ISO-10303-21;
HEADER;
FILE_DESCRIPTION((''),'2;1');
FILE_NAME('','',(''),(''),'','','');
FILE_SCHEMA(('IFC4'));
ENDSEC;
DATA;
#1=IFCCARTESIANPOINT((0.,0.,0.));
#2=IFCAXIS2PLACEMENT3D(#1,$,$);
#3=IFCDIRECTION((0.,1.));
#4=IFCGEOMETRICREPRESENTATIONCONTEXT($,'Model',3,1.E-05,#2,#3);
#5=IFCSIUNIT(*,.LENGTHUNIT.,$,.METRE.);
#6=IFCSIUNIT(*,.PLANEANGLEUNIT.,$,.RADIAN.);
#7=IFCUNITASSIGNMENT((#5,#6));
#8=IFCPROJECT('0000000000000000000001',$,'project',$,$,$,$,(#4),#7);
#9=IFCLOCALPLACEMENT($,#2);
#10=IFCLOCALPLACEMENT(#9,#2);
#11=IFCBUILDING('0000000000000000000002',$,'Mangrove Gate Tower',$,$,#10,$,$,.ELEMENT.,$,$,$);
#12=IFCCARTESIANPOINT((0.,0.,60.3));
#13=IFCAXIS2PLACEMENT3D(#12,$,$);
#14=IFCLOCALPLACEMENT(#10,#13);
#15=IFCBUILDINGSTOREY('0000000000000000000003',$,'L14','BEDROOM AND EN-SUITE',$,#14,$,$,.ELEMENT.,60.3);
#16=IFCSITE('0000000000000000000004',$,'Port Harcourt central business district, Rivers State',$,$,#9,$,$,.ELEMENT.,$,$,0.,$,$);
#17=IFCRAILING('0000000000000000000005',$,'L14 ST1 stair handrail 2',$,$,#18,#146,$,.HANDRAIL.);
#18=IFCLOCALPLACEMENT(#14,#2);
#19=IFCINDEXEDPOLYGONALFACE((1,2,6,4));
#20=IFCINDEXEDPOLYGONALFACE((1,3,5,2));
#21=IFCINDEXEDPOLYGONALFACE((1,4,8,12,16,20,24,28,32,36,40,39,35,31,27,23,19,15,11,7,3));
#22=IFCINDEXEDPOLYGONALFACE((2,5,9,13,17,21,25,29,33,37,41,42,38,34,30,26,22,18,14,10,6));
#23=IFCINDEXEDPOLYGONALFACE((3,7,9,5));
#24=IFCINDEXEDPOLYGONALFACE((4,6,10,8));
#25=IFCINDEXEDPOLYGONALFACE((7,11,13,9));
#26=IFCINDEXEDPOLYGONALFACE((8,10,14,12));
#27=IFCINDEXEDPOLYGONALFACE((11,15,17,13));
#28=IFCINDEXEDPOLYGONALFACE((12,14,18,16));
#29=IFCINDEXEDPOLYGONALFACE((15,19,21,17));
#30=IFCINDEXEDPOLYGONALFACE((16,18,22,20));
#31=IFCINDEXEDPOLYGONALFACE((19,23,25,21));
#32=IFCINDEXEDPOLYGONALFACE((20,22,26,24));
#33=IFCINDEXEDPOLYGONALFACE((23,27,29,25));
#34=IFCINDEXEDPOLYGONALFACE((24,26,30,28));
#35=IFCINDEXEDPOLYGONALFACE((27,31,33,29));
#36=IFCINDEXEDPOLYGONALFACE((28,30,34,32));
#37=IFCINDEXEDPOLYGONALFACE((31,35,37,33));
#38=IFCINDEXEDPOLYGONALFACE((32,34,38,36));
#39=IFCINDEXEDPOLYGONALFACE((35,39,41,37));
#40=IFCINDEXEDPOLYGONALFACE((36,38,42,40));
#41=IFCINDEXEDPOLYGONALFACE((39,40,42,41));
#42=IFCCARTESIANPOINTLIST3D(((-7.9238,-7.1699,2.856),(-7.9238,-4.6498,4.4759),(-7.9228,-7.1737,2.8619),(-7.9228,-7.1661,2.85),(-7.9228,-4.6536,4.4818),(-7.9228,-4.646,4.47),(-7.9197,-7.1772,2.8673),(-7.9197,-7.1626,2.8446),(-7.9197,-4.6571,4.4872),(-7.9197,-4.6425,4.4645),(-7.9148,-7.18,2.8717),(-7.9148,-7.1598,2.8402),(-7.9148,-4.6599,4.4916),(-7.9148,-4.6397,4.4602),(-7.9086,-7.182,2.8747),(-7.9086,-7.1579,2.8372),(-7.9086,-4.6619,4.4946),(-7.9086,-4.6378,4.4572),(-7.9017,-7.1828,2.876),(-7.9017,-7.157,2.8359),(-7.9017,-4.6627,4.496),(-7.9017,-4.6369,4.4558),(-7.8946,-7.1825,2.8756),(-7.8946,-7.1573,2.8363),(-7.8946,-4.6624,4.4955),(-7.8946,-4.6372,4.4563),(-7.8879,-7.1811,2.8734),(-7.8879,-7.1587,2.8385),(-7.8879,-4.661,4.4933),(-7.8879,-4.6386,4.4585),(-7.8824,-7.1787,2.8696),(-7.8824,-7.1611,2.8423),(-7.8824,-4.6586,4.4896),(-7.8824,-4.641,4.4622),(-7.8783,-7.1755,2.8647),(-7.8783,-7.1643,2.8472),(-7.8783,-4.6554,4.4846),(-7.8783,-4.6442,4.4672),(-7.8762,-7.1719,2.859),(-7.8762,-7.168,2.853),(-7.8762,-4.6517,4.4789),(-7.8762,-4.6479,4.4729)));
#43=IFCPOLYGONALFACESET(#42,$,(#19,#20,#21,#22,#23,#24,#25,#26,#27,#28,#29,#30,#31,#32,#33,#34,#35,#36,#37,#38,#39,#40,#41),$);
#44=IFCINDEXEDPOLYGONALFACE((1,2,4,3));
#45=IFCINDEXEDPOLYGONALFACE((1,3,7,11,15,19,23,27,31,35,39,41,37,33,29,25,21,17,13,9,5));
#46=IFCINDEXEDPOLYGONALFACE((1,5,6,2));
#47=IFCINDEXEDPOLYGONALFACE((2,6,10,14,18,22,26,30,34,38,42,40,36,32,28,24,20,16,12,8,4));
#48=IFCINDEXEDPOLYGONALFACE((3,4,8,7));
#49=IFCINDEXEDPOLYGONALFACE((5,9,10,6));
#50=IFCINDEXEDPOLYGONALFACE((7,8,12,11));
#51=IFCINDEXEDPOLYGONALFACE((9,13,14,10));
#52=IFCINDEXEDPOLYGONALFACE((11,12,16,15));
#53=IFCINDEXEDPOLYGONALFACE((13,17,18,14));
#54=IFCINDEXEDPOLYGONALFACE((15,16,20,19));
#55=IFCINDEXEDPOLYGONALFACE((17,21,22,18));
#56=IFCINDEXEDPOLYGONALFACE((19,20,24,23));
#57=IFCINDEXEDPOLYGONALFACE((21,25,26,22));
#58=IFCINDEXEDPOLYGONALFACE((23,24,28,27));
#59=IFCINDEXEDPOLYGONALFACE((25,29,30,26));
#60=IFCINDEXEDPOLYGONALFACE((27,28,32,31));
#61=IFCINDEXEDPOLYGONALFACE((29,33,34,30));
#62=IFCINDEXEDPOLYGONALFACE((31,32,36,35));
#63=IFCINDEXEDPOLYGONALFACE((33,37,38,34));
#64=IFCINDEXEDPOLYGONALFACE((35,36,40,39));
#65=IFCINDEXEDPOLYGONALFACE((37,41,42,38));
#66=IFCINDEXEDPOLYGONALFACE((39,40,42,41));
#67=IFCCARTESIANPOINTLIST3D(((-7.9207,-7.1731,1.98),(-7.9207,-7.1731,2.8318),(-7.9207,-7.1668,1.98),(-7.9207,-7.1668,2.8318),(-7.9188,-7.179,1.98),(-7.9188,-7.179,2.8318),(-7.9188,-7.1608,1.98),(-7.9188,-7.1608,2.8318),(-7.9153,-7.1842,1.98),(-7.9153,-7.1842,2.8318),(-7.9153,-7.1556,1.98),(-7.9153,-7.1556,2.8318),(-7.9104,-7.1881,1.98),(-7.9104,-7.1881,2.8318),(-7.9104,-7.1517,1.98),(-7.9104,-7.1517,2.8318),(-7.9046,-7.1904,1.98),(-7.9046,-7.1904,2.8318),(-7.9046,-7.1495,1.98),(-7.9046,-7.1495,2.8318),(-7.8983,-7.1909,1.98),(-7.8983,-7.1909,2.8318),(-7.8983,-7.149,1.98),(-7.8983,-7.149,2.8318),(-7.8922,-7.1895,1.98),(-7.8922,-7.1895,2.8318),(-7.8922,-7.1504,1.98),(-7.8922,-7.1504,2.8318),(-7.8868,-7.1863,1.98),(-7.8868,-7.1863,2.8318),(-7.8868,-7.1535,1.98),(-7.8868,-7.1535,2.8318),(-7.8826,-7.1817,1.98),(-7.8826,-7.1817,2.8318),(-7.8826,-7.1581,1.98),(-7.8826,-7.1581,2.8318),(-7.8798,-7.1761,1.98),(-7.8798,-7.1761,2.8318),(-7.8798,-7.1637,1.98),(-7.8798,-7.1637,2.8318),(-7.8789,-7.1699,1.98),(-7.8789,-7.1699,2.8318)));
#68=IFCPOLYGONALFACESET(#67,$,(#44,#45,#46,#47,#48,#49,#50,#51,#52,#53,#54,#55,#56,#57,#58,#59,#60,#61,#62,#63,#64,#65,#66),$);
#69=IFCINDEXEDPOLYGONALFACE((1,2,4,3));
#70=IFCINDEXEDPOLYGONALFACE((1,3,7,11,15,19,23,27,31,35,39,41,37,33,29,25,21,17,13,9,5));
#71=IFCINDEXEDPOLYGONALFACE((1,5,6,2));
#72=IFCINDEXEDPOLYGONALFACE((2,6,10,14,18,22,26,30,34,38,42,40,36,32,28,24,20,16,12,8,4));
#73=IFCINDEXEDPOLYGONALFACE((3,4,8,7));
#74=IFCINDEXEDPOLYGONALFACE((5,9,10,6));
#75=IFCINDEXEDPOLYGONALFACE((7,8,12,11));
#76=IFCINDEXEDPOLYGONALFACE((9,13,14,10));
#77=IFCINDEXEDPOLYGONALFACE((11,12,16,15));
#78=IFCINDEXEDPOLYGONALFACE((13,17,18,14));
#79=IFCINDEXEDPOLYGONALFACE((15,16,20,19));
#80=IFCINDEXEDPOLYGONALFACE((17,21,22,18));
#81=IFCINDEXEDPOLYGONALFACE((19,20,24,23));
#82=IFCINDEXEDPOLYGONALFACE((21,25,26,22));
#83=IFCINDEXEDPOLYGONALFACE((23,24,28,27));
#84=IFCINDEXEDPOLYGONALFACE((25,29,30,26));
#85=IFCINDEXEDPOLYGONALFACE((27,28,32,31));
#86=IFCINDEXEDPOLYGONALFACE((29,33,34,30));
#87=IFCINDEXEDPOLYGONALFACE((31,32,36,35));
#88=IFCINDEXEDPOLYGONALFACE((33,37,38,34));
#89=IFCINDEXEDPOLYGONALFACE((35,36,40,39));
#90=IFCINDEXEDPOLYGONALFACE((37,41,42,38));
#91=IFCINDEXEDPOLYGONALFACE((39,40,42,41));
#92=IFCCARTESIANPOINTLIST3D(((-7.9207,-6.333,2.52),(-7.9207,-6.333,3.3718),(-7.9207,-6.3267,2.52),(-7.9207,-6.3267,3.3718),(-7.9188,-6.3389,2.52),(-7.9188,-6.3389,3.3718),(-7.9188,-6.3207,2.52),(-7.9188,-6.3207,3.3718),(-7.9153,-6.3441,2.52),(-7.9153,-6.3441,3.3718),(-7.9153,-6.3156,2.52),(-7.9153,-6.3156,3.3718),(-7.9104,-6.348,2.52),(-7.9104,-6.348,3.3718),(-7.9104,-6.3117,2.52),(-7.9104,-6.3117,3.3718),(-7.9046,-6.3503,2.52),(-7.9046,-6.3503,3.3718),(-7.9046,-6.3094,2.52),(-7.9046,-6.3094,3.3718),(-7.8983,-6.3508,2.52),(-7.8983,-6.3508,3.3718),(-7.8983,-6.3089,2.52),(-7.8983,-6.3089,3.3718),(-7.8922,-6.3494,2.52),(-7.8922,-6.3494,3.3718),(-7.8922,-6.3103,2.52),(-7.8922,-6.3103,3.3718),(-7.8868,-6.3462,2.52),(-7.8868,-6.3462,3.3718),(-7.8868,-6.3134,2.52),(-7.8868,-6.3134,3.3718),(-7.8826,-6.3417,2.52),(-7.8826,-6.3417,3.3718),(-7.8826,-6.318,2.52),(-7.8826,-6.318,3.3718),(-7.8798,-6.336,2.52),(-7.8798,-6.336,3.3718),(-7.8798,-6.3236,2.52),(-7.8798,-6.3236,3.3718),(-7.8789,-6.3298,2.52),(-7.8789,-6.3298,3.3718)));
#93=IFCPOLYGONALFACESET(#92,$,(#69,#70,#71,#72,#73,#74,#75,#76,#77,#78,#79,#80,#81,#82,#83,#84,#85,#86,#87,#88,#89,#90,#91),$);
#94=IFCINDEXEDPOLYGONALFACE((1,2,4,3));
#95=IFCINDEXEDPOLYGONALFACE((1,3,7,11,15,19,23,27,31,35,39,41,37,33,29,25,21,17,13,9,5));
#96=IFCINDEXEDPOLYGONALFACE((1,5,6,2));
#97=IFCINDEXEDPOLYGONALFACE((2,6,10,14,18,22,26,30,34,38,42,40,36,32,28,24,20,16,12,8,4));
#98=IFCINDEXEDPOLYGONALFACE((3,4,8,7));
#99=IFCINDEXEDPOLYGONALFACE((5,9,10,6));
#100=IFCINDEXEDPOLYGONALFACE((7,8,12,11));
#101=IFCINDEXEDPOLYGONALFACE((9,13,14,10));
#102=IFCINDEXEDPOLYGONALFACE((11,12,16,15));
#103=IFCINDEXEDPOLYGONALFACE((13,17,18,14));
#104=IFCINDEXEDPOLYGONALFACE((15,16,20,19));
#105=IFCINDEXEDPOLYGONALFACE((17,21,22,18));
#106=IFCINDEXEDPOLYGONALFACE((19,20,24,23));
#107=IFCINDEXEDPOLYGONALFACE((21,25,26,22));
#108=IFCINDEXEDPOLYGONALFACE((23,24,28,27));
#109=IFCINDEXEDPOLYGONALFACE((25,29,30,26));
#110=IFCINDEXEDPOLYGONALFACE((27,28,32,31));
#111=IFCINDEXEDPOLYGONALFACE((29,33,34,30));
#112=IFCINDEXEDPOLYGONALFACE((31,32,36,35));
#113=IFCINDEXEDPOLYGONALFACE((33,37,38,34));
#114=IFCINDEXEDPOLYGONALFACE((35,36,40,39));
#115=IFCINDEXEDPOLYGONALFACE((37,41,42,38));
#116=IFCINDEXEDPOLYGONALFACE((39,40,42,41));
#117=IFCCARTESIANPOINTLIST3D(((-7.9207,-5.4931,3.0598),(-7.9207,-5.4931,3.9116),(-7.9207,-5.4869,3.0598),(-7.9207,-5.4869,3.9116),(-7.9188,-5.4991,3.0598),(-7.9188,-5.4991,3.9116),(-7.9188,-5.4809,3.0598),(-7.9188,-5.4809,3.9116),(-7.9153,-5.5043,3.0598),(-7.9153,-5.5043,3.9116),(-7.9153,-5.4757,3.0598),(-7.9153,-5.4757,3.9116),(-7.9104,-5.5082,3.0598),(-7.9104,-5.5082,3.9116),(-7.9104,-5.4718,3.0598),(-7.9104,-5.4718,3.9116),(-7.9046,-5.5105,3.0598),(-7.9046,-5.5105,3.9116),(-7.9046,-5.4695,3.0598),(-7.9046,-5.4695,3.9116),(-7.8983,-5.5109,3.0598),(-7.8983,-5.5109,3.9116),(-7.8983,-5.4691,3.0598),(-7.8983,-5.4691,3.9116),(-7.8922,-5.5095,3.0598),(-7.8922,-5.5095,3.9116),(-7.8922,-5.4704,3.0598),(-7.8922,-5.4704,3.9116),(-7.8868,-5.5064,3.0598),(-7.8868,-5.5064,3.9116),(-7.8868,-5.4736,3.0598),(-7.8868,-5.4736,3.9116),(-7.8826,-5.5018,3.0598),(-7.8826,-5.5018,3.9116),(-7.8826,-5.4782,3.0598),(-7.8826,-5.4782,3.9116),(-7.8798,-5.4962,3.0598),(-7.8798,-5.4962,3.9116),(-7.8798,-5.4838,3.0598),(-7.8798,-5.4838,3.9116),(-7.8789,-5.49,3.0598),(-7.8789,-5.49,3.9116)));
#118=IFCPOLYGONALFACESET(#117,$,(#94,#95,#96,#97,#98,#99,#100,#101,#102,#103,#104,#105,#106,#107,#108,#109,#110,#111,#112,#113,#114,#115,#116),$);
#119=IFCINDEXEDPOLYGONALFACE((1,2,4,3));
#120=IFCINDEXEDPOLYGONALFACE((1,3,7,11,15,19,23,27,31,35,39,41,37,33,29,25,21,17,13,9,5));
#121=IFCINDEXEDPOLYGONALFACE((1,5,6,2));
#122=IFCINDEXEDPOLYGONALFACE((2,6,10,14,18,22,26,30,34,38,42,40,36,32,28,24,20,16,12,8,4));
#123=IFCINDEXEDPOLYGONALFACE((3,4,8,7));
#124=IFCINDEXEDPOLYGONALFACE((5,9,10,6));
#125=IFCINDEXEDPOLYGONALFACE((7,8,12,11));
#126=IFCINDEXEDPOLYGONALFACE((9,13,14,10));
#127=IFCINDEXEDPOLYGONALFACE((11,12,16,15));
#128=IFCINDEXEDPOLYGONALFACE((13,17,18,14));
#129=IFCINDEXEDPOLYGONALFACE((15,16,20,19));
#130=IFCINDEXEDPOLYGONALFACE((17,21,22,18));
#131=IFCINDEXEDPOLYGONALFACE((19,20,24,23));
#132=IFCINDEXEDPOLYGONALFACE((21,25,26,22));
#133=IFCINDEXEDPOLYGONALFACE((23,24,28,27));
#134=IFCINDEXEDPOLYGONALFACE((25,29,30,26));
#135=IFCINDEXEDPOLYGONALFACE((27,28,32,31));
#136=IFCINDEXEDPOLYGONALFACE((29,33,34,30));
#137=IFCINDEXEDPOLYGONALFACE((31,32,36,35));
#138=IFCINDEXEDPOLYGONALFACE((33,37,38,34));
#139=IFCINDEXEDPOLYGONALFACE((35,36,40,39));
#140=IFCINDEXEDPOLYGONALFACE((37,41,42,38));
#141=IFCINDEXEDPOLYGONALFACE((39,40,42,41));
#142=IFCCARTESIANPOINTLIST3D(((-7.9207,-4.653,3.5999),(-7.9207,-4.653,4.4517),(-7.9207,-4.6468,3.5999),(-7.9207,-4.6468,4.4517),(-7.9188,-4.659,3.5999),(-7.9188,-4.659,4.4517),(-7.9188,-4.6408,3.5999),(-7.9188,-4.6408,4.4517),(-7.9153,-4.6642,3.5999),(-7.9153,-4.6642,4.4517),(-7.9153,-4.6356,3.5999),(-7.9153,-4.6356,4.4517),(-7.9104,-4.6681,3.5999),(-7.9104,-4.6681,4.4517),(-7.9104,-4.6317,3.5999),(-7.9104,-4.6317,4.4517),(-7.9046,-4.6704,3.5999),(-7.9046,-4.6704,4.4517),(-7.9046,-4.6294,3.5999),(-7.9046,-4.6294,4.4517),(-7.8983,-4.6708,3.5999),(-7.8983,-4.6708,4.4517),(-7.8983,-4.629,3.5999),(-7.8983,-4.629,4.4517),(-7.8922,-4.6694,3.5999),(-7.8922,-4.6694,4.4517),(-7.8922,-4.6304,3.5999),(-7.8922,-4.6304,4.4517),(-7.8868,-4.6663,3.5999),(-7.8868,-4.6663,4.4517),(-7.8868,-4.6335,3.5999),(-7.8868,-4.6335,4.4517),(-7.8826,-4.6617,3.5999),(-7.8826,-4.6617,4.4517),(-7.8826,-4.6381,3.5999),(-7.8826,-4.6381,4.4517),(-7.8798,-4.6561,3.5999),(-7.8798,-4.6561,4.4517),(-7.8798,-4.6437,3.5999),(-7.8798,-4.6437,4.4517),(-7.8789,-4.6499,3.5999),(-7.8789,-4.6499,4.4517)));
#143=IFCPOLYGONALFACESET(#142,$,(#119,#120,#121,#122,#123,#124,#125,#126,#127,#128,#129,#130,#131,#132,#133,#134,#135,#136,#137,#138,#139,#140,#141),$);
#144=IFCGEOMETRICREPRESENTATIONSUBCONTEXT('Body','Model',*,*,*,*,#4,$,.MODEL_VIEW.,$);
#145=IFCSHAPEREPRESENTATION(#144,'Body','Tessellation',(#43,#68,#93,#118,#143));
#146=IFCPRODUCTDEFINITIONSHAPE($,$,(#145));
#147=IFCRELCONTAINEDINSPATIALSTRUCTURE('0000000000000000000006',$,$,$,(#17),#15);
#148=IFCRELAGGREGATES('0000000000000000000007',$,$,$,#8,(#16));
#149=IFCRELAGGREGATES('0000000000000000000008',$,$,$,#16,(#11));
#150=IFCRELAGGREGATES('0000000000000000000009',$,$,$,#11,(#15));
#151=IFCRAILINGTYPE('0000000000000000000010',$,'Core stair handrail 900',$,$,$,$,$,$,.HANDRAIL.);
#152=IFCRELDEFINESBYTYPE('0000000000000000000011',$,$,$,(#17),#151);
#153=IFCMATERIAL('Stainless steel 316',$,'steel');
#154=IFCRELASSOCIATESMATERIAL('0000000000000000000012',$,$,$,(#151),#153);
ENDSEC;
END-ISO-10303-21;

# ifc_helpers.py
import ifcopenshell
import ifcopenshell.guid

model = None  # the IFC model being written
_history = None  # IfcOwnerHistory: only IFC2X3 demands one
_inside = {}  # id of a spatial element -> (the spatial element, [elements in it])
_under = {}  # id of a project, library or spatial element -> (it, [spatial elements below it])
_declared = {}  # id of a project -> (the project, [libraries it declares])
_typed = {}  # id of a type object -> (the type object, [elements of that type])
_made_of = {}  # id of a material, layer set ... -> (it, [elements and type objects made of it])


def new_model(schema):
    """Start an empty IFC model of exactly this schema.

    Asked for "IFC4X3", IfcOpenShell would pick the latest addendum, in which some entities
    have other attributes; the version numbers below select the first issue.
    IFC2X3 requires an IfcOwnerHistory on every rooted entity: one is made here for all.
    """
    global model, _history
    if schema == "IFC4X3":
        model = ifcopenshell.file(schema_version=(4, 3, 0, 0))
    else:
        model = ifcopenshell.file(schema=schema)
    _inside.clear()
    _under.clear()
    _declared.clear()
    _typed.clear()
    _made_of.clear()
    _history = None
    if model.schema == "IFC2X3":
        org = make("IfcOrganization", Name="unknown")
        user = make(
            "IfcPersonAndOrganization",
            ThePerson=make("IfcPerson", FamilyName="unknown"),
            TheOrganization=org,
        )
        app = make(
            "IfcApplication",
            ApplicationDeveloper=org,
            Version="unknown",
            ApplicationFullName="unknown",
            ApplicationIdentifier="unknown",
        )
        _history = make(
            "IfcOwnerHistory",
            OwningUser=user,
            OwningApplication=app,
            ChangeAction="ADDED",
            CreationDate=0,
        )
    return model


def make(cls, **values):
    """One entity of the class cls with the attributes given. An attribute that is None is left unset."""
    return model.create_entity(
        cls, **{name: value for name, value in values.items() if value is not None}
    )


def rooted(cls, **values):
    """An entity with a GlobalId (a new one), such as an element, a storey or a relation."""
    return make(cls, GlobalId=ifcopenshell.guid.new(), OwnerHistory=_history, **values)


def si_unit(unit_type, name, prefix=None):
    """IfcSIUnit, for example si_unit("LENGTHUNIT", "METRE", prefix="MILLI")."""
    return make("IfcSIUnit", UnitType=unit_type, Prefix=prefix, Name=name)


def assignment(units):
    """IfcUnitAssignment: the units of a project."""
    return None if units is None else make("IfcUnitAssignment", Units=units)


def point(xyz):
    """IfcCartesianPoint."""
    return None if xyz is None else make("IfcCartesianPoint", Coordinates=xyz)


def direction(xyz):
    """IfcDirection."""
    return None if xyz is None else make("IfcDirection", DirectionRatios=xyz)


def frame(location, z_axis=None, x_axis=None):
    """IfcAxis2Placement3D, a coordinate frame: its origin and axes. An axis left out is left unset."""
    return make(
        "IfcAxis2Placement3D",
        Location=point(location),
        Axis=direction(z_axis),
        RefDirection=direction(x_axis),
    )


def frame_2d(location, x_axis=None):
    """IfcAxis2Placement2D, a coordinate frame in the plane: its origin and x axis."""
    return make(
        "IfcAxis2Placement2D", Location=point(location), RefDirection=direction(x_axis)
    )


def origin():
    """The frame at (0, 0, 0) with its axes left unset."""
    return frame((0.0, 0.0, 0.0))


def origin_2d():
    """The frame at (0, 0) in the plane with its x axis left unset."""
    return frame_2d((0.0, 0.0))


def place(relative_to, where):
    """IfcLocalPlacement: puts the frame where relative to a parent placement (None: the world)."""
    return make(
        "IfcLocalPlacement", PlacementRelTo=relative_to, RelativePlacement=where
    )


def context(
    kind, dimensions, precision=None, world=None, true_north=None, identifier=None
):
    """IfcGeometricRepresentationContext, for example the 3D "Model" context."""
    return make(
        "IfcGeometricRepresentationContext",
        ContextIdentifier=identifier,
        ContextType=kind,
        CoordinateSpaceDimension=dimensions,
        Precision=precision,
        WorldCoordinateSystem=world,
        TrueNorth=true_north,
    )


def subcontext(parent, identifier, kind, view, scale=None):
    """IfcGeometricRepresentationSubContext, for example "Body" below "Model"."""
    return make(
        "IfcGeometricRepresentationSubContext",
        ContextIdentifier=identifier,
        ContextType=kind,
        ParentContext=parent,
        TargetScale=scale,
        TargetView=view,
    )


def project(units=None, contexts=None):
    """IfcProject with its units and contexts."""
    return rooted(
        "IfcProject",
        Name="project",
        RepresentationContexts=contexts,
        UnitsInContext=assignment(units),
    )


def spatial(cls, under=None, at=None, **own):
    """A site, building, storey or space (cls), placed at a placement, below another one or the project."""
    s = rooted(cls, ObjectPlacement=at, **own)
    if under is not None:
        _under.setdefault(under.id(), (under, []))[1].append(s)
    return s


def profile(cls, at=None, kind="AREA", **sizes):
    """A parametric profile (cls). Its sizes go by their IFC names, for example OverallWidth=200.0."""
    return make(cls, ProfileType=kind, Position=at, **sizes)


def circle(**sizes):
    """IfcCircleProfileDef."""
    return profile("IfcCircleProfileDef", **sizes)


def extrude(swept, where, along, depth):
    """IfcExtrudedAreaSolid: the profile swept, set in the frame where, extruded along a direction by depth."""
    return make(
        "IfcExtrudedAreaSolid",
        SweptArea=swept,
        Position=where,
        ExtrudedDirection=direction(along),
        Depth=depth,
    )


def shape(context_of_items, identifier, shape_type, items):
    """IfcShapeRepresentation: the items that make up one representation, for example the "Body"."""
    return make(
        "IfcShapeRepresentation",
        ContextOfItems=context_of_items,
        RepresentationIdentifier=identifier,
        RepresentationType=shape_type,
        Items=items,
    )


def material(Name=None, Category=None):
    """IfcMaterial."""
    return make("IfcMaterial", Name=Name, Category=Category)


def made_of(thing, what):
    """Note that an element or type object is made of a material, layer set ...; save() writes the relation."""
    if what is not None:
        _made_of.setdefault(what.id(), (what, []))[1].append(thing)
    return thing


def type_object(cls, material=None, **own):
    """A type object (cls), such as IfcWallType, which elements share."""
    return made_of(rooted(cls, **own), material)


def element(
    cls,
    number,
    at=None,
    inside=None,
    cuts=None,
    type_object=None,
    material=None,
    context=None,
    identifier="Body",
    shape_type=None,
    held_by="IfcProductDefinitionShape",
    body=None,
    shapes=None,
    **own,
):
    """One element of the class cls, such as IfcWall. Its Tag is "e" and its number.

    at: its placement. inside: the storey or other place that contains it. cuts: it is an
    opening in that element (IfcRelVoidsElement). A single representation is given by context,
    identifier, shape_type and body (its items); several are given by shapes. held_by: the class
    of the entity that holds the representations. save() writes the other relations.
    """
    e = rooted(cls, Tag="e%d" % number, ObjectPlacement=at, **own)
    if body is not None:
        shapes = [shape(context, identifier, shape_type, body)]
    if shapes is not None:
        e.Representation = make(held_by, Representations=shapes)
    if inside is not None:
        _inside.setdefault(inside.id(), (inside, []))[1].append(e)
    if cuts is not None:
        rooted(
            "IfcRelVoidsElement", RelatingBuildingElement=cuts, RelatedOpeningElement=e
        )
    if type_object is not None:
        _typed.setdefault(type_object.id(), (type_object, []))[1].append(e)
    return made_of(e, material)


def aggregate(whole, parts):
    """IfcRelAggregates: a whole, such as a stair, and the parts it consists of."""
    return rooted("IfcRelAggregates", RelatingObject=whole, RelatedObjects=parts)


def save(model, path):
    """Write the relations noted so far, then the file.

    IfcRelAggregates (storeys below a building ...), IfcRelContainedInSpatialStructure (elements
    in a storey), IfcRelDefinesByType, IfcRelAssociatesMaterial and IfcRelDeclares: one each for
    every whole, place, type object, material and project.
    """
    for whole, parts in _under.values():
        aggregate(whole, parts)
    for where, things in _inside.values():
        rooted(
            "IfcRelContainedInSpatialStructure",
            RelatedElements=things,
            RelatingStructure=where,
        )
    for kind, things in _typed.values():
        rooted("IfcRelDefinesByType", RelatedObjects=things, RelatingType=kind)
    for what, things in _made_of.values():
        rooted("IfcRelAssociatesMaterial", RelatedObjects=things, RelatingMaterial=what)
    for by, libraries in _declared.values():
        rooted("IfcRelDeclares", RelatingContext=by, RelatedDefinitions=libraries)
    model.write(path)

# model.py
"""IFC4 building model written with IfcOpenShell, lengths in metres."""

from ifc_helpers import new_model, si_unit, direction, frame, origin, origin_2d, place, context, subcontext, project, spatial, circle, extrude, material, type_object, element, save


model = new_model("IFC4")

# Units and contexts
model_context = context("Model", 3, precision=1e-05, world=origin(), true_north=direction((0.0, 1.0)))
body_context = subcontext(model_context, "Body", "Model", "MODEL_VIEW")
ifc_project = project(units=[si_unit("LENGTHUNIT", "METRE"), si_unit("PLANEANGLEUNIT", "RADIAN")], contexts=[model_context])

# Site, building, storey
site_placement = place(None, origin())
site = spatial("IfcSite", under=ifc_project, at=site_placement, Name="Port Harcourt central business district, Rivers State", CompositionType="ELEMENT", RefElevation=0.0)
building_placement = place(site_placement, origin())
building = spatial("IfcBuilding", under=site, at=building_placement, Name="Mangrove Gate Tower", CompositionType="ELEMENT")
storey_placement = place(building_placement, frame((0.0, 0.0, 60.3)))
storey = spatial("IfcBuildingStorey", under=building, at=storey_placement, Name="L14", Description="BEDROOM AND EN-SUITE", CompositionType="ELEMENT", Elevation=60.3)

# Railing
ifc_material_1 = material(Name="Stainless steel 316", Category="steel")
railing_type_1 = type_object("IfcRailingType", Name="Core stair handrail 900", PredefinedType="HANDRAIL", material=ifc_material_1)
railing_1_placement = place(storey_placement, frame((-7.8999, -7.1699, 1.98)))
element("IfcRailing", 1, at=railing_1_placement, inside=storey, type_object=railing_type_1, Name="L14 ST1 stair handrail 2", PredefinedType="HANDRAIL", context=body_context, shape_type="SweptSolid", body=[
    extrude(circle(Radius=0.0239, at=origin_2d()), frame((0.0, 0.0, 0.876), z_axis=(0.0, 0.8412, 0.540725), x_axis=(-1.0, 0.0, 0.0)), (0.0, 0.0, 1.0), 2.9958),
    extrude(circle(Radius=0.021, at=origin_2d()), origin(), (0.0, 0.0, 1.0), 0.8518),
    extrude(circle(Radius=0.021, at=origin_2d()), frame((0.0, 0.8401, 0.54)), (0.0, 0.0, 1.0), 0.8518),
    extrude(circle(Radius=0.021, at=origin_2d()), frame((0.0, 1.6799, 1.0798)), (0.0, 0.0, 1.0), 0.8518),
    extrude(circle(Radius=0.021, at=origin_2d()), frame((0.0, 2.52, 1.6199)), (0.0, 0.0, 1.0), 0.8518),
])

save(model, "model.ifc")
